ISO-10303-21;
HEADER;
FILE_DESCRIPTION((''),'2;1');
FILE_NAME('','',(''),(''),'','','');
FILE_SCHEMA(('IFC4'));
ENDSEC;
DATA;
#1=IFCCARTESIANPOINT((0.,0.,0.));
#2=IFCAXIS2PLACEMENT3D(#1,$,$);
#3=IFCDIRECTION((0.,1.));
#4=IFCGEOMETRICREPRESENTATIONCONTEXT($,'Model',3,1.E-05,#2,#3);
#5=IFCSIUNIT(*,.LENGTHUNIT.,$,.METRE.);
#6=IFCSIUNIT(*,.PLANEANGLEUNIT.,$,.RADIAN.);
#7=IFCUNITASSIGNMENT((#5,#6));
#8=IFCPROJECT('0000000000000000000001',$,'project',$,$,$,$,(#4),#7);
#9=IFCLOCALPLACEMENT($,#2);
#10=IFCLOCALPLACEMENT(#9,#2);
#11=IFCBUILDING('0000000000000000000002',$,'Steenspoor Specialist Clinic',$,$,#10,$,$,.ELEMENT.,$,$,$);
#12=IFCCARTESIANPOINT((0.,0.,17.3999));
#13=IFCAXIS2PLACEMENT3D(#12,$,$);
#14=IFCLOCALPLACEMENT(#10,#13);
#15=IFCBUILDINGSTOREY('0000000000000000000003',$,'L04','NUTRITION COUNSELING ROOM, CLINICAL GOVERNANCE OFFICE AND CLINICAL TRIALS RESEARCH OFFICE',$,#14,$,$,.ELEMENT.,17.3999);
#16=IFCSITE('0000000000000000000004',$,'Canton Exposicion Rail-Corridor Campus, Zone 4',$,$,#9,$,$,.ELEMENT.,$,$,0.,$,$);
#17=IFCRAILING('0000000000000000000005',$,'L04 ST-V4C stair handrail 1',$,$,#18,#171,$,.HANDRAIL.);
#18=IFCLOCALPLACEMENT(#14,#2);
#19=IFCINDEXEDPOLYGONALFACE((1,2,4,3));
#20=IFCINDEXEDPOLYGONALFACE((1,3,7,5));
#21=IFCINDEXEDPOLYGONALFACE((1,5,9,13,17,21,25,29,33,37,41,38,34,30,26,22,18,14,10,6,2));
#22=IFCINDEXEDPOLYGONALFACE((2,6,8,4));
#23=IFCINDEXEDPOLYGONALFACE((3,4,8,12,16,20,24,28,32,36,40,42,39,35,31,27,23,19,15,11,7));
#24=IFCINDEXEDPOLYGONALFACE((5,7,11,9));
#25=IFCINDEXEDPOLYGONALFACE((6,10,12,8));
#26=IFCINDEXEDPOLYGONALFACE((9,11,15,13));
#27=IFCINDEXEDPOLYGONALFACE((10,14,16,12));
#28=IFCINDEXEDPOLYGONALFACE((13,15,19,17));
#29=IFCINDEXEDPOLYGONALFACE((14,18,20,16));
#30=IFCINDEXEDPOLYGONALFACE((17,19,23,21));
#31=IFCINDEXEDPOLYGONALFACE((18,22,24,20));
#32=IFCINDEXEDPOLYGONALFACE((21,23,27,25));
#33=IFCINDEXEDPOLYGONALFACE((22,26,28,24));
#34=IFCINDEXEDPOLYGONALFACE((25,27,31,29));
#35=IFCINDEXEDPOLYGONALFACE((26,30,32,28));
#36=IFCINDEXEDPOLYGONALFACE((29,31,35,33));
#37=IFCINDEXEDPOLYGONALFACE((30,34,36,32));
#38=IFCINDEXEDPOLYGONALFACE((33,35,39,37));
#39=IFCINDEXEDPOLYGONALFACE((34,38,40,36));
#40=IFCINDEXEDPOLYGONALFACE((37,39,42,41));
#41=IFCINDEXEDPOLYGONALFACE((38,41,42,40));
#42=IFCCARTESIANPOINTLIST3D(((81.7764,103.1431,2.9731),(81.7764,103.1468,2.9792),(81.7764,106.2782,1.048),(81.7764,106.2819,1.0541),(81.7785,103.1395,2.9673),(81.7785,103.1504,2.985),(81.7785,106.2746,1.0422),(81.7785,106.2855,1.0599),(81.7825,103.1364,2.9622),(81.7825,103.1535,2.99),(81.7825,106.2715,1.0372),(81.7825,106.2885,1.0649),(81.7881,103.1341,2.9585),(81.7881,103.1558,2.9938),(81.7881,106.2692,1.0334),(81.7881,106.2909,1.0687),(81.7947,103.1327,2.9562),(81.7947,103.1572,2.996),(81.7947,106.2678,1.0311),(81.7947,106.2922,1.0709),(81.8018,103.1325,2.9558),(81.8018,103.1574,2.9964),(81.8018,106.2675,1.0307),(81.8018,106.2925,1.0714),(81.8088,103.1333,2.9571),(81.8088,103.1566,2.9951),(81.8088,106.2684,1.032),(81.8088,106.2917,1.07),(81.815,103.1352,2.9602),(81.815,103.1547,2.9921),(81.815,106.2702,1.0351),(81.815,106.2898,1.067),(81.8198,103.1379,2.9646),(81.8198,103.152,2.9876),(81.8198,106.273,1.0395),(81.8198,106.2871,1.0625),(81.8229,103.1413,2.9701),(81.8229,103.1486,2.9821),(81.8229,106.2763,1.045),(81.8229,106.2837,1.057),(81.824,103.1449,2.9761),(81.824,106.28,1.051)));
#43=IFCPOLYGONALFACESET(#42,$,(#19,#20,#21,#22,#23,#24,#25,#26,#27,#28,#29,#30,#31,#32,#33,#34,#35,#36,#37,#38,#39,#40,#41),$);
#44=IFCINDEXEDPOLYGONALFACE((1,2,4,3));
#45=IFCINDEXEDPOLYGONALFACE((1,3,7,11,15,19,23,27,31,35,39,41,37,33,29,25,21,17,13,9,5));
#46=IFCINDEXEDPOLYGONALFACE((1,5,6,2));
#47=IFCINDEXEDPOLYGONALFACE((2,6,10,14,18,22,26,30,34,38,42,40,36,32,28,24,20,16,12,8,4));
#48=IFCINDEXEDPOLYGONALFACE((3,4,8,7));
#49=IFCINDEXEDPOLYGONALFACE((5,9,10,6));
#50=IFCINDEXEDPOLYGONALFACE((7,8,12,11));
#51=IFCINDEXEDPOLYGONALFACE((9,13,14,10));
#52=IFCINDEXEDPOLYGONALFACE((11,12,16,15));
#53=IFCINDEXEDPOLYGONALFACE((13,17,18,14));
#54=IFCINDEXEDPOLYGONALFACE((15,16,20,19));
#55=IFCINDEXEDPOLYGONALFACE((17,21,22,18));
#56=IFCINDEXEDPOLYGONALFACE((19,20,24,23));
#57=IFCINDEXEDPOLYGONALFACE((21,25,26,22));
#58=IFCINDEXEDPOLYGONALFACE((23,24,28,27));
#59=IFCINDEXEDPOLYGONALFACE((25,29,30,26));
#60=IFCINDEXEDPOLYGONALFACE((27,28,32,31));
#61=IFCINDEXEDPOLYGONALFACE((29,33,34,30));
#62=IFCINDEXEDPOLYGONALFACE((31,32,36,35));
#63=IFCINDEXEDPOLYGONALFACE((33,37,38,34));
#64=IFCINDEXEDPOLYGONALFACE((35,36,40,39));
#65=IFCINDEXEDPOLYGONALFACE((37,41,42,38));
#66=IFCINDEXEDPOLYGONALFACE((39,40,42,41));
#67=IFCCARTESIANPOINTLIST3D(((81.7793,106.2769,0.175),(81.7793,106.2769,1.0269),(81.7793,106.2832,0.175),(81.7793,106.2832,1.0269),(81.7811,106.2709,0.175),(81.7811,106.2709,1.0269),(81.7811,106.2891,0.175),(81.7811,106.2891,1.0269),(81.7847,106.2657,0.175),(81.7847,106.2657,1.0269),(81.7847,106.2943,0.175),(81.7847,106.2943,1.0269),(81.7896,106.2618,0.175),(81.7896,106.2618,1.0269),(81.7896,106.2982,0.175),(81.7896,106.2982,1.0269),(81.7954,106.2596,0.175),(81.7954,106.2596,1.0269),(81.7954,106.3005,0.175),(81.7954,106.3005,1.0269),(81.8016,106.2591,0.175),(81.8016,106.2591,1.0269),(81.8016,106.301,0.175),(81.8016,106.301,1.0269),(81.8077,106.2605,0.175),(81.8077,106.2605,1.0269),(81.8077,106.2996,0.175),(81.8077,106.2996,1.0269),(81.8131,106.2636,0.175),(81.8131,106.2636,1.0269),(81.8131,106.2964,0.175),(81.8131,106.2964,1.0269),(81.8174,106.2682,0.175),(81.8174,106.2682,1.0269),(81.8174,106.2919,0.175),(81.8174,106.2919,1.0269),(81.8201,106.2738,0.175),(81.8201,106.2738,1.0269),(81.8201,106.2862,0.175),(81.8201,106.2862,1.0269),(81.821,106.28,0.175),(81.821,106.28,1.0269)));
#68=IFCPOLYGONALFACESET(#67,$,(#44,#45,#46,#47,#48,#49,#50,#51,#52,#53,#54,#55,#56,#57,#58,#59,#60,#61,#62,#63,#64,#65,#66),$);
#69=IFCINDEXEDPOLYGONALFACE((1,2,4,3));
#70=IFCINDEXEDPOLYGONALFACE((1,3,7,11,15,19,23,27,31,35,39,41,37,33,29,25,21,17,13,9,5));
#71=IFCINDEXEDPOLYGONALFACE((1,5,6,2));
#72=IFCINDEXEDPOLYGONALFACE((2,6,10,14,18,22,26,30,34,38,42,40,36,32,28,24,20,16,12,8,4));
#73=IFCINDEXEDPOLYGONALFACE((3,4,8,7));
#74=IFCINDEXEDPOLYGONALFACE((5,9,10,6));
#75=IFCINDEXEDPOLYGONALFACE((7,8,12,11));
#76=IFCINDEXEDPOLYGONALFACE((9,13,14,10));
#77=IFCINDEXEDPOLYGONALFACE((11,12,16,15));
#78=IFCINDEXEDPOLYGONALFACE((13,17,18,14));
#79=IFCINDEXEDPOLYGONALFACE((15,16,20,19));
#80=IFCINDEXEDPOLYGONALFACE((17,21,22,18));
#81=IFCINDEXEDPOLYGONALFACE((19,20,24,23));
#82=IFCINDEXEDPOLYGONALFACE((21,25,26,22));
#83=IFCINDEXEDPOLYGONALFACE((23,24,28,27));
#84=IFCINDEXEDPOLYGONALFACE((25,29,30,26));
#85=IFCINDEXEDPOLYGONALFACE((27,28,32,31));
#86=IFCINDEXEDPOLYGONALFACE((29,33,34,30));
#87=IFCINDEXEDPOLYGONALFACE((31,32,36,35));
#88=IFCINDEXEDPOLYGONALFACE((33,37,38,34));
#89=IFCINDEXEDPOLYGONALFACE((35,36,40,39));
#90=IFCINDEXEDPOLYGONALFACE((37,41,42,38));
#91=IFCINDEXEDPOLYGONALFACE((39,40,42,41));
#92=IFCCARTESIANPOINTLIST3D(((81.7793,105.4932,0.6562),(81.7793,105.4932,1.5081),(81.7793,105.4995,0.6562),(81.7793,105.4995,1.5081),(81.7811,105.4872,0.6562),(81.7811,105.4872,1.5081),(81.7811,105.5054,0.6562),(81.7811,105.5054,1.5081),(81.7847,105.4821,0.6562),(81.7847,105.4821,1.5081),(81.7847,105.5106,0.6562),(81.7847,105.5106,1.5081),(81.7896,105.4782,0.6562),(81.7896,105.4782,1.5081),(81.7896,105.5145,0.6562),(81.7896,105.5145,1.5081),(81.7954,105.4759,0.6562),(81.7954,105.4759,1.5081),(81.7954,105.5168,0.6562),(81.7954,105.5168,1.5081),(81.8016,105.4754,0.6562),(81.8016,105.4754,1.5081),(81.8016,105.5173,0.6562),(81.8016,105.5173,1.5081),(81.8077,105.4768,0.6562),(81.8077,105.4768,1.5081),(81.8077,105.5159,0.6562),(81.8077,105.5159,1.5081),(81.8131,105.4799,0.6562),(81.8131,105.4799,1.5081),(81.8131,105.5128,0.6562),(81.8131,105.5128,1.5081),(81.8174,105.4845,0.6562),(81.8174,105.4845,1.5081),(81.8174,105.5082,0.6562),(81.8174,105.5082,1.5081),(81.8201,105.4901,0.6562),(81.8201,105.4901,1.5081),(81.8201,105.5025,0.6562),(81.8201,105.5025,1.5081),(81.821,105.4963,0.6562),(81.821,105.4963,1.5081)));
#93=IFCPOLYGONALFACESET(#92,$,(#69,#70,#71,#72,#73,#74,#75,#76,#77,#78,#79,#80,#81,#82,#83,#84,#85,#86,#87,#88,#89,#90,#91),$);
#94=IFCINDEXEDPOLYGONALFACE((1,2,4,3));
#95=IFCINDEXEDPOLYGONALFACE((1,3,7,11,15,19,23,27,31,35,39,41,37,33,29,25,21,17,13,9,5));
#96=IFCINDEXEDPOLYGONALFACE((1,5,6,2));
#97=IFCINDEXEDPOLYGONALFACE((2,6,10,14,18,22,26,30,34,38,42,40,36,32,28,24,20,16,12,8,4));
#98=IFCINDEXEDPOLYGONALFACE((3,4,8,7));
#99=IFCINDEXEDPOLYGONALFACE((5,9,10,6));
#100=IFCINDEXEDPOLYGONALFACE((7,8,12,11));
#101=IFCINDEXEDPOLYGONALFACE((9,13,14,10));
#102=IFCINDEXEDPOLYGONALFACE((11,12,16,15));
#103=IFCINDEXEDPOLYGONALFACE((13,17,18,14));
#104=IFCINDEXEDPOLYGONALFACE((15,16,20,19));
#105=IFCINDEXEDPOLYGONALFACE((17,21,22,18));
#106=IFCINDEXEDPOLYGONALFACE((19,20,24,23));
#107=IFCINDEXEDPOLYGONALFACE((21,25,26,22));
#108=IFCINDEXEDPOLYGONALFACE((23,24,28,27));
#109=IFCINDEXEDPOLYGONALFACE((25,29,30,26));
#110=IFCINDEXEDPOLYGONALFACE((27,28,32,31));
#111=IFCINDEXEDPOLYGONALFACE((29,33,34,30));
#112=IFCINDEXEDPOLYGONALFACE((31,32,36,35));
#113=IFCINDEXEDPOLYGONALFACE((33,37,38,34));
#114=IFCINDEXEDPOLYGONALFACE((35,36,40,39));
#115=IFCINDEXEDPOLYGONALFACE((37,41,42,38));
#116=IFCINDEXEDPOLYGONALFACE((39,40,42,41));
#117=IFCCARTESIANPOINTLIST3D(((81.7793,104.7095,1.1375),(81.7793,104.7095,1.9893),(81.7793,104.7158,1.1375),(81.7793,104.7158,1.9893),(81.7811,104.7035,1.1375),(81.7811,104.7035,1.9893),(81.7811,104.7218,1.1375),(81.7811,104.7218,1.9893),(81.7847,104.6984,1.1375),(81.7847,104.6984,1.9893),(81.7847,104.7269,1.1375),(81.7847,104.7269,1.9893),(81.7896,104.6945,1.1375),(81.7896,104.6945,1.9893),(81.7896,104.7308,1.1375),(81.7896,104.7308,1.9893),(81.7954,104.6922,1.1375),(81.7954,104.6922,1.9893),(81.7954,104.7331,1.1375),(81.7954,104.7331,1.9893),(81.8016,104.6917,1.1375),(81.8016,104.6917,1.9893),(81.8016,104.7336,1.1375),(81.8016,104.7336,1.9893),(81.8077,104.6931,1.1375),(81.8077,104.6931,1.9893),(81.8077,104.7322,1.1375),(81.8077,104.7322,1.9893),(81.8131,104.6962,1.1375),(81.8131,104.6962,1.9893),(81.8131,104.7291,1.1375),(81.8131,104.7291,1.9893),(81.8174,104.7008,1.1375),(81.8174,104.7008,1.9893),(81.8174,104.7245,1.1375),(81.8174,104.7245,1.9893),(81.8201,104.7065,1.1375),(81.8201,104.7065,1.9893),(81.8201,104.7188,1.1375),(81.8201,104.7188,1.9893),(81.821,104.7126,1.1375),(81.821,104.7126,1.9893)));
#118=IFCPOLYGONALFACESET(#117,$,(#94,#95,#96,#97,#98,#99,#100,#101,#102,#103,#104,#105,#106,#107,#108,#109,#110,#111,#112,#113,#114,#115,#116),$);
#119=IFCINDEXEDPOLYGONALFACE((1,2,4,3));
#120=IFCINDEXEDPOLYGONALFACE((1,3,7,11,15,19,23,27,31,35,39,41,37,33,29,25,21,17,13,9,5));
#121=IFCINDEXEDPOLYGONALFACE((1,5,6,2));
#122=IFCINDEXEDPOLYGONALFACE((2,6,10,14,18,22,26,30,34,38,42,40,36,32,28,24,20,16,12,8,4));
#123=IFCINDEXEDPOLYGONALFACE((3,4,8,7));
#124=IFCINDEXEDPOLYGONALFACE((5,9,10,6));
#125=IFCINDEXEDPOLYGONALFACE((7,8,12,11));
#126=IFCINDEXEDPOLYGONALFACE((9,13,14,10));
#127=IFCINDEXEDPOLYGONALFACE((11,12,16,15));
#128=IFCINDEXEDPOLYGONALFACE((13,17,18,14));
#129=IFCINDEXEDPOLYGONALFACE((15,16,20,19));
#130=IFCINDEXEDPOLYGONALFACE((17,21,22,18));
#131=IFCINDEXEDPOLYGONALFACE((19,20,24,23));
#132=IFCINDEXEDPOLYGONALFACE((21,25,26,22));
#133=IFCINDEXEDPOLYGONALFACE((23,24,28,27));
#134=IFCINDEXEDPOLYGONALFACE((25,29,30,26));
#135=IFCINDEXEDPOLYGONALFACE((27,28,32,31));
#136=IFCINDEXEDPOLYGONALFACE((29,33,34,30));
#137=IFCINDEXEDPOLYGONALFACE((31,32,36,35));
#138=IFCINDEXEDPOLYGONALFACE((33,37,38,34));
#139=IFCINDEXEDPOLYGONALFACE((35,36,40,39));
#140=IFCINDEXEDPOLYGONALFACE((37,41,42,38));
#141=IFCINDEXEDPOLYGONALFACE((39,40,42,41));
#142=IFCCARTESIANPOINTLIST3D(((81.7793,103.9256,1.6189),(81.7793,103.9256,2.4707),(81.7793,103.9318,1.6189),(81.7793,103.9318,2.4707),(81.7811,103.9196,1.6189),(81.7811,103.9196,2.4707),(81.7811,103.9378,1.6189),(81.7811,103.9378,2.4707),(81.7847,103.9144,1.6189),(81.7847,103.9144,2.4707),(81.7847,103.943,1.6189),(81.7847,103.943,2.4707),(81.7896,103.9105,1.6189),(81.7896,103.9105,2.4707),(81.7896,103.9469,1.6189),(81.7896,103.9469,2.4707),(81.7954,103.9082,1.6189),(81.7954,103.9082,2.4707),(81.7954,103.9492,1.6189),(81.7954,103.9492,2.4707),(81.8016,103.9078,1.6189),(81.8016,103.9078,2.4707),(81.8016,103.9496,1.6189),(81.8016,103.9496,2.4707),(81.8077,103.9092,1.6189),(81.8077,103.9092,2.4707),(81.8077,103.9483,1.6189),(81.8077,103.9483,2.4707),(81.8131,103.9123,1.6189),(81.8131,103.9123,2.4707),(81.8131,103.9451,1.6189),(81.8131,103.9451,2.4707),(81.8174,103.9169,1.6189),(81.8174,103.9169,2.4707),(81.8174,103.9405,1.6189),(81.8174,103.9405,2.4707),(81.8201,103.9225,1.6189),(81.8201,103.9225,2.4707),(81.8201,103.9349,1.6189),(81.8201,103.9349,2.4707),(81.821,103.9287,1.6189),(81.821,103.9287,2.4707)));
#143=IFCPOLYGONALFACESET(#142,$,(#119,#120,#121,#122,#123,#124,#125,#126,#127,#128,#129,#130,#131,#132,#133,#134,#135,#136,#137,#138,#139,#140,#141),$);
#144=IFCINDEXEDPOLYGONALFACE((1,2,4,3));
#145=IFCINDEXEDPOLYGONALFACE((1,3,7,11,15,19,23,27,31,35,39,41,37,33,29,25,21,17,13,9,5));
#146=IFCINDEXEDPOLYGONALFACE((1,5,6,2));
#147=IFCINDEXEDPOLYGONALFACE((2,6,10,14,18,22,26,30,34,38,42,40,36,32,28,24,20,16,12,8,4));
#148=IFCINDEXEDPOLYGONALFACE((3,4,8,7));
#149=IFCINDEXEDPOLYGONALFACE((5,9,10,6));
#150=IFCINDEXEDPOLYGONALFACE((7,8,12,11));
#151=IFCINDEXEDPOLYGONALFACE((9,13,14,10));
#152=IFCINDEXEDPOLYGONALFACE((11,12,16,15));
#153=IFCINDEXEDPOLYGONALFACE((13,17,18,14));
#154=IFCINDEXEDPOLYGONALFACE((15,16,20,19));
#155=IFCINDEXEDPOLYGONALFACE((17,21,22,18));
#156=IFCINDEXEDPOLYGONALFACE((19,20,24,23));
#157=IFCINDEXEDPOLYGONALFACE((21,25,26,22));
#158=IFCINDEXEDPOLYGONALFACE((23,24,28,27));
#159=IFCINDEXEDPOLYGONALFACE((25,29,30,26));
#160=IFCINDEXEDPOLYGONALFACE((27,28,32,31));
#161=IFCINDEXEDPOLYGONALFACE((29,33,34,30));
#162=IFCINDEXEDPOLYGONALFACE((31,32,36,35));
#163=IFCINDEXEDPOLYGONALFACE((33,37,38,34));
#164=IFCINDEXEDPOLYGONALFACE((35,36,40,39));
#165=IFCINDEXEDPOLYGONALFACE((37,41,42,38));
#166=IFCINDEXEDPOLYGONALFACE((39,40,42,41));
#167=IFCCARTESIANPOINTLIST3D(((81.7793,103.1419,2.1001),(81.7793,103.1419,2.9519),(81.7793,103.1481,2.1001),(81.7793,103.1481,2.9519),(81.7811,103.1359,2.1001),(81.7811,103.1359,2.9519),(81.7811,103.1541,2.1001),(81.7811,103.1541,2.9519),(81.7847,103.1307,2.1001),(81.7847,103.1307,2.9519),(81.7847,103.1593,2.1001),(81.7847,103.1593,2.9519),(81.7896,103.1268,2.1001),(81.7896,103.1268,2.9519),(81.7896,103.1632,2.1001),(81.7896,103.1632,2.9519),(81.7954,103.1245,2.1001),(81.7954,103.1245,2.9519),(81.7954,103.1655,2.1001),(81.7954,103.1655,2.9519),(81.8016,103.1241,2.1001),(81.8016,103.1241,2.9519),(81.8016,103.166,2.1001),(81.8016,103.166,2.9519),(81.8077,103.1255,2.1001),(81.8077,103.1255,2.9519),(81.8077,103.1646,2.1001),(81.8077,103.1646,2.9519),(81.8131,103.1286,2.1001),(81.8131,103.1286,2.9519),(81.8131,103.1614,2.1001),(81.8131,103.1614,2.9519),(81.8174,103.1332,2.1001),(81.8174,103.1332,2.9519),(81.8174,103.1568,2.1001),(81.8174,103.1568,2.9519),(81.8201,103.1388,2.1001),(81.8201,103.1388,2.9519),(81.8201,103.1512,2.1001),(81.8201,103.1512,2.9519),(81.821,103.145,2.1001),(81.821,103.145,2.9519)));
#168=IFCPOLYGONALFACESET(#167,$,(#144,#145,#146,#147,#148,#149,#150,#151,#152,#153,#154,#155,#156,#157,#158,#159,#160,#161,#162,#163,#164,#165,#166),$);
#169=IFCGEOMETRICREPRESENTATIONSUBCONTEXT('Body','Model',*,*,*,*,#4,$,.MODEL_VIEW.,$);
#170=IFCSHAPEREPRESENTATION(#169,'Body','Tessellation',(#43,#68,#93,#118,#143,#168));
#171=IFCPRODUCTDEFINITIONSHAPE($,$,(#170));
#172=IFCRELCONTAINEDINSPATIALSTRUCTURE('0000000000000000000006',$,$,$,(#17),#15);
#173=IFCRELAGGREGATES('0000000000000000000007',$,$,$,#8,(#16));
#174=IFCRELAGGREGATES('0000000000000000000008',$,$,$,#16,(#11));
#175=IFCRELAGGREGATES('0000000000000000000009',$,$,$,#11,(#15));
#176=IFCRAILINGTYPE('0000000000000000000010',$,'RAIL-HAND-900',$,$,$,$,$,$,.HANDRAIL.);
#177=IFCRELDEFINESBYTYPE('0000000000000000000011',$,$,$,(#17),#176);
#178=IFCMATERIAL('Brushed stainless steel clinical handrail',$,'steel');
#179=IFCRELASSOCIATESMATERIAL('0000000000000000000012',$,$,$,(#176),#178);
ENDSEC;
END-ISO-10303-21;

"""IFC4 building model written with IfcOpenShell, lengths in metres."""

from ifc_helpers import new_model, si_unit, direction, frame, origin, origin_2d, place, context, subcontext, project, spatial, circle, extrude, material, type_object, element, save


model = new_model("IFC4")

# Units and contexts
model_context = context("Model", 3, precision=1e-05, world=origin(), true_north=direction((0.0, 1.0)))
body_context = subcontext(model_context, "Body", "Model", "MODEL_VIEW")
ifc_project = project(units=[si_unit("LENGTHUNIT", "METRE"), si_unit("PLANEANGLEUNIT", "RADIAN")], contexts=[model_context])

# Site, building, storey
site_placement = place(None, origin())
site = spatial("IfcSite", under=ifc_project, at=site_placement, Name="Canton Exposicion Rail-Corridor Campus, Zone 4", CompositionType="ELEMENT", RefElevation=0.0)
building_placement = place(site_placement, origin())
building = spatial("IfcBuilding", under=site, at=building_placement, Name="Steenspoor Specialist Clinic", CompositionType="ELEMENT")
storey_placement = place(building_placement, frame((0.0, 0.0, 17.3999)))
storey = spatial("IfcBuildingStorey", under=building, at=storey_placement, Name="L04", Description="NUTRITION COUNSELING ROOM, CLINICAL GOVERNANCE OFFICE AND CLINICAL TRIALS RESEARCH OFFICE", CompositionType="ELEMENT", Elevation=17.3999)

# Railing
ifc_material_1 = material(Name="Brushed stainless steel clinical handrail", Category="steel")
railing_type_1 = type_object("IfcRailingType", Name="RAIL-HAND-900", PredefinedType="HANDRAIL", material=ifc_material_1)
railing_1_placement = place(storey_placement, frame((81.8, 106.28, 0.175)))
element("IfcRailing", 1, at=railing_1_placement, inside=storey, type_object=railing_type_1, Name="L04 ST-V4C stair handrail 1", PredefinedType="HANDRAIL", context=body_context, shape_type="SweptSolid", body=[
    extrude(circle(Radius=0.0239, at=origin_2d()), frame((0.0, 0.0, 0.876), z_axis=(0.0, -0.852166, 0.523271), x_axis=(1.0, 0.0, 0.0)), (0.0, 0.0, 1.0), 3.679),
    extrude(circle(Radius=0.021, at=origin_2d()), origin(), (0.0, 0.0, 1.0), 0.8518),
    extrude(circle(Radius=0.021, at=origin_2d()), frame((0.0, -0.7837, 0.4812)), (0.0, 0.0, 1.0), 0.8518),
    extrude(circle(Radius=0.021, at=origin_2d()), frame((0.0, -1.5674, 0.9624)), (0.0, 0.0, 1.0), 0.8518),
    extrude(circle(Radius=0.021, at=origin_2d()), frame((0.0, -2.3513, 1.4438)), (0.0, 0.0, 1.0), 0.8518),
    extrude(circle(Radius=0.021, at=origin_2d()), frame((0.0, -3.135, 1.925)), (0.0, 0.0, 1.0), 0.8518),
])

save(model, "model.ifc")
